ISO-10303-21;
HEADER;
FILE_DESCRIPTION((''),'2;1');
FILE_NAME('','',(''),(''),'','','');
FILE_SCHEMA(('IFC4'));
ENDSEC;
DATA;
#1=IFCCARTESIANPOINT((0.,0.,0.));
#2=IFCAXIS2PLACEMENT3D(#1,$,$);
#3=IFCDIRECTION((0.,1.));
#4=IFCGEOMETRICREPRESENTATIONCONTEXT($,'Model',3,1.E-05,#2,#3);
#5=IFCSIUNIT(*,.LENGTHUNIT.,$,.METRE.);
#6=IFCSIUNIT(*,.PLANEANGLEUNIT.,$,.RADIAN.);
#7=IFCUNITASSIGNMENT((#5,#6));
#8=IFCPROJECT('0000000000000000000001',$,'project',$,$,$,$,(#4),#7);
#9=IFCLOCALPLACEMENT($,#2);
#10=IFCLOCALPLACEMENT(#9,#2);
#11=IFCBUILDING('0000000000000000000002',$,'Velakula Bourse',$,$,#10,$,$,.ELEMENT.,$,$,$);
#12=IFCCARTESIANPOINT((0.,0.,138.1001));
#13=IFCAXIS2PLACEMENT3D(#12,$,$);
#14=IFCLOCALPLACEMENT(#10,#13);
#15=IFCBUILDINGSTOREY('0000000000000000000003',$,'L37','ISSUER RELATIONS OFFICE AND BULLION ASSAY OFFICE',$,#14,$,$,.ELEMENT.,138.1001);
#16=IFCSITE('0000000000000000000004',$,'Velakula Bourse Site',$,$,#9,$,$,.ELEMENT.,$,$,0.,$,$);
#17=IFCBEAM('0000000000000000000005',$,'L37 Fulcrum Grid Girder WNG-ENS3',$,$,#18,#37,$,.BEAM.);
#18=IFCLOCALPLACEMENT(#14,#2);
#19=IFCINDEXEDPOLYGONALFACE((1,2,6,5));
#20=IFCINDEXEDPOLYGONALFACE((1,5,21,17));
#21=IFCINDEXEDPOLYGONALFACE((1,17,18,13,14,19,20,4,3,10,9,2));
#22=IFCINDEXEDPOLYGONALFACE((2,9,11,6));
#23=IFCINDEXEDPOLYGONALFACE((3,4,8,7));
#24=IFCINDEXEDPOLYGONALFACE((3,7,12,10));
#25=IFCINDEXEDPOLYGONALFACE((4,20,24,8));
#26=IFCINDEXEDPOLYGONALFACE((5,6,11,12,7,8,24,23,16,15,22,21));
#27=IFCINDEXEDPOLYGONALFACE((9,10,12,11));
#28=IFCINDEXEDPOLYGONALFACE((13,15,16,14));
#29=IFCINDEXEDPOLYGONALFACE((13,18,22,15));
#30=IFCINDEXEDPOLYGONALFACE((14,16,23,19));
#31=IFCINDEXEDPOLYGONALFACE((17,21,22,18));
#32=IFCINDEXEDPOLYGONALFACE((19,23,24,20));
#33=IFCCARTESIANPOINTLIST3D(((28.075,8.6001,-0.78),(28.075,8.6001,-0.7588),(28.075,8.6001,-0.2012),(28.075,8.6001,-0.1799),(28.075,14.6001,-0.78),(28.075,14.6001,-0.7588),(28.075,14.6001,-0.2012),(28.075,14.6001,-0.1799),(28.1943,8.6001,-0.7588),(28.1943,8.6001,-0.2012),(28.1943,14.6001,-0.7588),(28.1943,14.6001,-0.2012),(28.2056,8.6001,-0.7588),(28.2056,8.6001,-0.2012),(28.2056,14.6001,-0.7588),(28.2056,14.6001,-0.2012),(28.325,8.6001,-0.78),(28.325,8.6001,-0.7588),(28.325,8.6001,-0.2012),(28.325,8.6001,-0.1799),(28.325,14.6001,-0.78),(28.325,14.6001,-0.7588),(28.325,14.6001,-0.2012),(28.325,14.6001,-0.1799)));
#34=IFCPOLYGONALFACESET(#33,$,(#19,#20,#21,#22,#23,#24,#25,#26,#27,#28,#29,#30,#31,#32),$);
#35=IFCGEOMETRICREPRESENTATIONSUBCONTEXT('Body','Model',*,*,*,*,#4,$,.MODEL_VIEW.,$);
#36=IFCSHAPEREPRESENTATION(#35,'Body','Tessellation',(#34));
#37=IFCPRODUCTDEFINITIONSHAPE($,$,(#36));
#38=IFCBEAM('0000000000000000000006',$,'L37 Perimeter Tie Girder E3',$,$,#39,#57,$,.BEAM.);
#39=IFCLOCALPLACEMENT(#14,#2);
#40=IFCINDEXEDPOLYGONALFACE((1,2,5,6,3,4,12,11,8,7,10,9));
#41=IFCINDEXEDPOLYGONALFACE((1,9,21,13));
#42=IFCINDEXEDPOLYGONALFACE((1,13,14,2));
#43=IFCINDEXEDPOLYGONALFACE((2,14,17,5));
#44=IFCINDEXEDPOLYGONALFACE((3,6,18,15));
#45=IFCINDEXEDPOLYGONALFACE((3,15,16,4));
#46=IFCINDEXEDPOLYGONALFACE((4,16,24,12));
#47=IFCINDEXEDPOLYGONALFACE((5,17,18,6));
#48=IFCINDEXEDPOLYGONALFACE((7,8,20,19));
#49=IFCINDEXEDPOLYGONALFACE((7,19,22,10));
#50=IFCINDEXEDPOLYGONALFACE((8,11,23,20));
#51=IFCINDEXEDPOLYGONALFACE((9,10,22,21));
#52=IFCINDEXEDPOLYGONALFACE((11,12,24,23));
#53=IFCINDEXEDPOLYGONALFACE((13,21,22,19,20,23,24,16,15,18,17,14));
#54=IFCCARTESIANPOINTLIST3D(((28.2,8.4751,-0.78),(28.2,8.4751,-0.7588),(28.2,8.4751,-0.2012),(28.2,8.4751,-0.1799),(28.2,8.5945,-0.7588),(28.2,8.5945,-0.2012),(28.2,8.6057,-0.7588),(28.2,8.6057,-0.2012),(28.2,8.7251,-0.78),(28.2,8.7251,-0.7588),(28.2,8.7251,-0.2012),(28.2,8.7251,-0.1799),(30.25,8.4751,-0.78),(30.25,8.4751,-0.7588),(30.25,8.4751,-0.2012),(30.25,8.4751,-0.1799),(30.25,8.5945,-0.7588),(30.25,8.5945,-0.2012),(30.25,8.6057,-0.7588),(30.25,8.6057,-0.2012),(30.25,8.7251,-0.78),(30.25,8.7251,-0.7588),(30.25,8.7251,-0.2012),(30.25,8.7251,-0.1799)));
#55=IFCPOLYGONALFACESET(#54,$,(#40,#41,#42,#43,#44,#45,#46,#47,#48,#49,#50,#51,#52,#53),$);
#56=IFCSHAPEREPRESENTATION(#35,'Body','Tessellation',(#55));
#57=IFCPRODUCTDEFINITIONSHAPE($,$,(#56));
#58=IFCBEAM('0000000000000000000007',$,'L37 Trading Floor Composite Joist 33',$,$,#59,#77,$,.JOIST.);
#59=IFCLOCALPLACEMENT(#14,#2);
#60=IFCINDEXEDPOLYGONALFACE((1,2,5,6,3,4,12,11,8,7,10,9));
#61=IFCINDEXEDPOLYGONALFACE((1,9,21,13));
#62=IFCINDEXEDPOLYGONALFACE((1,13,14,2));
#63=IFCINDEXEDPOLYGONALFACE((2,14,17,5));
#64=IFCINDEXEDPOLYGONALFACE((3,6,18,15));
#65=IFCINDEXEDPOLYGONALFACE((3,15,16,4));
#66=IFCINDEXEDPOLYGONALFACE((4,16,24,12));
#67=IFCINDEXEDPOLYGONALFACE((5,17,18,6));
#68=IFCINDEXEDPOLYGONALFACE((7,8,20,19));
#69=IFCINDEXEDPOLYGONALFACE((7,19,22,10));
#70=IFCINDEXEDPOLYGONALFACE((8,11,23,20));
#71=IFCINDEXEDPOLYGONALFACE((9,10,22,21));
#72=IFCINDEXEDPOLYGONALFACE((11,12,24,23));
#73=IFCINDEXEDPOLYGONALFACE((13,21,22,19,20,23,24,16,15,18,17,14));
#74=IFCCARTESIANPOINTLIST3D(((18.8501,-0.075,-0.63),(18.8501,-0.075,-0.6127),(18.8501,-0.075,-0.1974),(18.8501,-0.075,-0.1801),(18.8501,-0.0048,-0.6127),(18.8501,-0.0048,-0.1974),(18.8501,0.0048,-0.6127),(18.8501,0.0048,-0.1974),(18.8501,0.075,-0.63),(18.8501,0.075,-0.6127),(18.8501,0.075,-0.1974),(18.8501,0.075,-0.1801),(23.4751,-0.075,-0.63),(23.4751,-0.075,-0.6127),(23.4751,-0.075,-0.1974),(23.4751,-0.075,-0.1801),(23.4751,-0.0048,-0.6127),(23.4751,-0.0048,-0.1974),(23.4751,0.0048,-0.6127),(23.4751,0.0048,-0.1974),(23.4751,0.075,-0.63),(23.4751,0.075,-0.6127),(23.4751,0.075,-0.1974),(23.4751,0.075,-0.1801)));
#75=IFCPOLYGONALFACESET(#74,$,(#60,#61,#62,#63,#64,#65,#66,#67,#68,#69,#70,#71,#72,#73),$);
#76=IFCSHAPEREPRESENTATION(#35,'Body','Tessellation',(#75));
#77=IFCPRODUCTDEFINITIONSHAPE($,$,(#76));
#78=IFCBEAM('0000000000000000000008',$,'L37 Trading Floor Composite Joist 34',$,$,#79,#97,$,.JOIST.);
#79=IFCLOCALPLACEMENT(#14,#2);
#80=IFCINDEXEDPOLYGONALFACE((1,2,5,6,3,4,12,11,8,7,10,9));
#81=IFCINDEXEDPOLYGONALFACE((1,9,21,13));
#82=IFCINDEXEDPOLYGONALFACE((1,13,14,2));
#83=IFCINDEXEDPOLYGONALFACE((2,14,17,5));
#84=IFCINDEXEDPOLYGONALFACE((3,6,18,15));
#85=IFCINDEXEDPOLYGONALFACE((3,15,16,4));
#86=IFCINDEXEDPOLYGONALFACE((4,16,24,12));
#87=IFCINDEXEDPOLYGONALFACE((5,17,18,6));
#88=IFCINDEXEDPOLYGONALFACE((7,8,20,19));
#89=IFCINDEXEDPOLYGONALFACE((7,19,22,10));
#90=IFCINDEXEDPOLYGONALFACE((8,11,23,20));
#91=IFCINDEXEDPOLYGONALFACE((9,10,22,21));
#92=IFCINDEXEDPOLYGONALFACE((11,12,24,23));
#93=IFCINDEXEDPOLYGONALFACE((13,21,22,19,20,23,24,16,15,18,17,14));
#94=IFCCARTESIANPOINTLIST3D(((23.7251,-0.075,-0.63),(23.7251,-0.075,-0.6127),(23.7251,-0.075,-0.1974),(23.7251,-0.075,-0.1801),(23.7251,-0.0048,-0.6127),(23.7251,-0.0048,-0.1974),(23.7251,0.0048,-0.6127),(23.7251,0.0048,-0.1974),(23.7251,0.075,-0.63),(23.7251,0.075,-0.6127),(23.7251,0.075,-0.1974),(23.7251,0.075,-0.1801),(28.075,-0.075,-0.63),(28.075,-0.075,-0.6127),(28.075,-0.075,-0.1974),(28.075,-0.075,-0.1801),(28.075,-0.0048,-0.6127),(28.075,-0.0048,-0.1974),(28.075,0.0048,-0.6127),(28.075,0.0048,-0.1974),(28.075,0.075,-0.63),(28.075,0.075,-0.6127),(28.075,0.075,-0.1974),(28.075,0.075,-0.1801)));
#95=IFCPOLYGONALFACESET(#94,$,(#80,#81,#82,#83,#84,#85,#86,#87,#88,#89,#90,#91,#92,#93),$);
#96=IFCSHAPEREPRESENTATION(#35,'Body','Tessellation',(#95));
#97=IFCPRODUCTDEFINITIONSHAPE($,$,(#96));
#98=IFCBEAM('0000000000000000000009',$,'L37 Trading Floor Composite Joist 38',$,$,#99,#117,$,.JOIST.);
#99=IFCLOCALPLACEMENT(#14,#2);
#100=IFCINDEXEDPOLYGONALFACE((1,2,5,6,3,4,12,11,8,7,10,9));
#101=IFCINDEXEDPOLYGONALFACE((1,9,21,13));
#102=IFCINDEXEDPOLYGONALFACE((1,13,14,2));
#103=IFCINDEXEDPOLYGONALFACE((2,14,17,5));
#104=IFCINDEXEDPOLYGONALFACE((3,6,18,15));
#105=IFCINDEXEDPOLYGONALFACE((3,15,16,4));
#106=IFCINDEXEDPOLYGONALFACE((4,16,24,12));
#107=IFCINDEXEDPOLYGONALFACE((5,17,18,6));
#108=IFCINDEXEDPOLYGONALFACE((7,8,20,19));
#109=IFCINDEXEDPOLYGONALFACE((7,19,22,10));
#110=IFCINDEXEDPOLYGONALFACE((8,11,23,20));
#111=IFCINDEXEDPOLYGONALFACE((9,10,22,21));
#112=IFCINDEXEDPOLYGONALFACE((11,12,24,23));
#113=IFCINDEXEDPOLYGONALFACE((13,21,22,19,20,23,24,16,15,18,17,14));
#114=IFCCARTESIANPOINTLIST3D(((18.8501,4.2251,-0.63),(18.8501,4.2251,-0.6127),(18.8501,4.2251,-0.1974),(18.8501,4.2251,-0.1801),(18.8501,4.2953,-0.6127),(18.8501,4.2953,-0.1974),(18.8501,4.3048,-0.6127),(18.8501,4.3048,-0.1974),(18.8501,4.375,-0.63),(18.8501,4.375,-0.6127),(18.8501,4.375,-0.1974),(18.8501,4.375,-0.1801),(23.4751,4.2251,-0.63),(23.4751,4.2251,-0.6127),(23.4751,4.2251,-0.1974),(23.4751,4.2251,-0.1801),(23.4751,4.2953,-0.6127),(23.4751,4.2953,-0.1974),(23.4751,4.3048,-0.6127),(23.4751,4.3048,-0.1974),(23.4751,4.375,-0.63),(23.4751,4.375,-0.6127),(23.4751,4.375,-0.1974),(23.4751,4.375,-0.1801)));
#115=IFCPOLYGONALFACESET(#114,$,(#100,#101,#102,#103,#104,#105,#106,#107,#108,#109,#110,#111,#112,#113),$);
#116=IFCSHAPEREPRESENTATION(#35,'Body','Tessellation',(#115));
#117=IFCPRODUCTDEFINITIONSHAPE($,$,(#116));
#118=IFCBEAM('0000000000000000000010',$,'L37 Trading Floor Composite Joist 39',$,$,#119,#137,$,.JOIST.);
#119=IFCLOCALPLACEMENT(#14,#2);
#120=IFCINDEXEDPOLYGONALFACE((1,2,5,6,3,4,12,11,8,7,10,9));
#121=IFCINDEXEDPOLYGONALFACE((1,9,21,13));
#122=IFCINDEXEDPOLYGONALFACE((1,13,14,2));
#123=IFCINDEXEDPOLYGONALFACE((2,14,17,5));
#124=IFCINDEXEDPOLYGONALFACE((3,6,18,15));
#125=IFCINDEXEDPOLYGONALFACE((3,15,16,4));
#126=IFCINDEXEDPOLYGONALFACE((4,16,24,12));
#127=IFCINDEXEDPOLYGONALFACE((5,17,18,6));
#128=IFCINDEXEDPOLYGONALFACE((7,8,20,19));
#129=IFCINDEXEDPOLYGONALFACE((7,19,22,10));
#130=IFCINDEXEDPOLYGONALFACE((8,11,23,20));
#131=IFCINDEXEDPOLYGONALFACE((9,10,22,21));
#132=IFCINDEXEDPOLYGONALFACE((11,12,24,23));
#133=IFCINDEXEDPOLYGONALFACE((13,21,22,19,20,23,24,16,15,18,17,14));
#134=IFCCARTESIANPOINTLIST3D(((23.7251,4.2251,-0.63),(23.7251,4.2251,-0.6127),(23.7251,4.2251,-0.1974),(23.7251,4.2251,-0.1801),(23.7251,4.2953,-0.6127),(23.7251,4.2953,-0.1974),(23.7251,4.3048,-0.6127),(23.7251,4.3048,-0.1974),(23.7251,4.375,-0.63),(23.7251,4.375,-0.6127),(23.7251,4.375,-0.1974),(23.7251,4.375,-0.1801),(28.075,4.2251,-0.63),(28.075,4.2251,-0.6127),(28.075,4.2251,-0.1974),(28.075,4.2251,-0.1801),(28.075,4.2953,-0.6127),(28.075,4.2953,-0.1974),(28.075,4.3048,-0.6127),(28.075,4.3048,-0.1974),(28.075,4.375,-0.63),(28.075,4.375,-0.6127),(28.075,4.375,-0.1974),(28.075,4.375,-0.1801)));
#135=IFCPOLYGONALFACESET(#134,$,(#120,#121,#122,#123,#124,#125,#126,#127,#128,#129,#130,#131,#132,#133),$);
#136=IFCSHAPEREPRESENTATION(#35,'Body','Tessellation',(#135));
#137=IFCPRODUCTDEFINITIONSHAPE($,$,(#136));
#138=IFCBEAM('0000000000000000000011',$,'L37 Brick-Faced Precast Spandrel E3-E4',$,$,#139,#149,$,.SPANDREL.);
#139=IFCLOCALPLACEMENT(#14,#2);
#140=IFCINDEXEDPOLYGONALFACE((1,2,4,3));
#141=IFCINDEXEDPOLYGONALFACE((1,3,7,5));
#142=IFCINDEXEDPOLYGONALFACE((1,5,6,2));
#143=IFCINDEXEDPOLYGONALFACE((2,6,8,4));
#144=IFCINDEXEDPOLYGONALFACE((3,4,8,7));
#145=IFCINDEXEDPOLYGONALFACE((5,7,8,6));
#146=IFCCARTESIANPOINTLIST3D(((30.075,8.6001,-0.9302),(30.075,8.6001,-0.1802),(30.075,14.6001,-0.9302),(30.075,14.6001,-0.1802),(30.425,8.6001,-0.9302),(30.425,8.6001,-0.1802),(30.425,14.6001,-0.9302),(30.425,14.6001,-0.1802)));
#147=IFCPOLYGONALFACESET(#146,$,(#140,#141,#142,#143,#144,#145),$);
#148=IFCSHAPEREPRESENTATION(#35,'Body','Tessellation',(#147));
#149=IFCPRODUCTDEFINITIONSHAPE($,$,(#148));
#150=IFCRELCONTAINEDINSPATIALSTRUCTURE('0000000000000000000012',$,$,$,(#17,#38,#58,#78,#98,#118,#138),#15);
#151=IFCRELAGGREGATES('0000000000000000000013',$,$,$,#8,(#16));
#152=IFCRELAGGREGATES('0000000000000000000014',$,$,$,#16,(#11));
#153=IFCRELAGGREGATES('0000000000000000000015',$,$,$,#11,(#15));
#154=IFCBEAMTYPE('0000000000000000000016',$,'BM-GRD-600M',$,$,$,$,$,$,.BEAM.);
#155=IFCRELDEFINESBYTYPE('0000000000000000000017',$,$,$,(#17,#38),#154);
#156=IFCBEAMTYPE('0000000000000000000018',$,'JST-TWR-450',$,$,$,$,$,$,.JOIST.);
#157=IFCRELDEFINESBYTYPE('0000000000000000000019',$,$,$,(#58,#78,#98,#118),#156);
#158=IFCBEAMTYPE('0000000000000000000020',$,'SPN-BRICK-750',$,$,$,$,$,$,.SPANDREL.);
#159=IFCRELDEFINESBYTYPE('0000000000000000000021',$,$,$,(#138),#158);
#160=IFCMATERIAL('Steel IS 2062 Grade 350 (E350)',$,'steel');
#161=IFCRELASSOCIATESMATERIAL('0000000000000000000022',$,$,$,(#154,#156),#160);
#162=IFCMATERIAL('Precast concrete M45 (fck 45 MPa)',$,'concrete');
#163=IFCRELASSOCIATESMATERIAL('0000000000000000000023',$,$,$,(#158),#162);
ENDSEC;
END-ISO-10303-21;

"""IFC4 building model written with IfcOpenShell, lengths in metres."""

from ifc_helpers import new_model, si_unit, direction, frame, origin, origin_2d, place, context, subcontext, project, spatial, rectangle, i_section, extrude, material, material_profile, profile_set, type_object, element, save


model = new_model("IFC4")

# Units and contexts
model_context = context("Model", 3, precision=1e-05, world=origin(), true_north=direction((0.0, 1.0)))
body_context = subcontext(model_context, "Body", "Model", "MODEL_VIEW")
ifc_project = project(units=[si_unit("LENGTHUNIT", "METRE"), si_unit("PLANEANGLEUNIT", "RADIAN")], contexts=[model_context])

# Site, building, storey
site_placement = place(None, origin())
site = spatial("IfcSite", under=ifc_project, at=site_placement, Name="Velakula Bourse Site", CompositionType="ELEMENT", RefElevation=0.0)
building_placement = place(site_placement, origin())
building = spatial("IfcBuilding", under=site, at=building_placement, Name="Velakula Bourse", CompositionType="ELEMENT")
storey_placement = place(building_placement, frame((0.0, 0.0, 138.1001)))
storey = spatial("IfcBuildingStorey", under=building, at=storey_placement, Name="L37", Description="ISSUER RELATIONS OFFICE AND BULLION ASSAY OFFICE", CompositionType="ELEMENT", Elevation=138.1001)

# Shared definitions
ifc_material_1 = material(Name="Steel IS 2062 Grade 350 (E350)", Category="steel")

# Beams
ifc_material_profile_1 = material_profile(ifc_material_1, i_section(OverallWidth=0.25, OverallDepth=0.6001, WebThickness=0.0112, FlangeThickness=0.0212, at=origin_2d()), Name="Steel IS 2062 Grade 350 (E350)")
ifc_profile_set_1 = profile_set([ifc_material_profile_1], Name="Steel IS 2062 Grade 350 (E350)")
beam_type_1 = type_object("IfcBeamType", Name="BM-GRD-600M", PredefinedType="BEAM", material=ifc_profile_set_1)
beam_1_placement = place(storey_placement, frame((28.2, 8.6001, -0.48), z_axis=(0.0, 1.0, 0.0), x_axis=(-1.0, 0.0, 0.0)))
element("IfcBeam", 1, at=beam_1_placement, inside=storey, type_object=beam_type_1, Name="L37 Fulcrum Grid Girder WNG-ENS3", PredefinedType="BEAM", context=body_context, shape_type="SweptSolid", body=[
    extrude(i_section(OverallWidth=0.25, OverallDepth=0.6001, WebThickness=0.0112, FlangeThickness=0.0212, at=origin_2d()), origin(), (0.0, 0.0, 1.0), 6.0),
])
beam_2_placement = place(storey_placement, frame((28.2, 8.6001, -0.48), z_axis=(1.0, 0.0, 0.0), x_axis=(0.0, 1.0, 0.0)))
element("IfcBeam", 2, at=beam_2_placement, inside=storey, type_object=beam_type_1, Name="L37 Perimeter Tie Girder E3", PredefinedType="BEAM", context=body_context, shape_type="SweptSolid", body=[
    extrude(i_section(OverallWidth=0.25, OverallDepth=0.6001, WebThickness=0.0112, FlangeThickness=0.0212, at=origin_2d()), origin(), (0.0, 0.0, 1.0), 2.05),
])
ifc_material_profile_2 = material_profile(ifc_material_1, i_section(OverallWidth=0.1499, OverallDepth=0.45, WebThickness=0.0095, FlangeThickness=0.0173, at=origin_2d()), Name="Steel IS 2062 Grade 350 (E350)")
ifc_profile_set_2 = profile_set([ifc_material_profile_2], Name="Steel IS 2062 Grade 350 (E350)")
beam_type_2 = type_object("IfcBeamType", Name="JST-TWR-450", PredefinedType="JOIST", material=ifc_profile_set_2)
beam_3_placement = place(storey_placement, frame((18.8501, 0.0, -0.405), z_axis=(1.0, 0.0, 0.0), x_axis=(0.0, 1.0, 0.0)))
element("IfcBeam", 3, at=beam_3_placement, inside=storey, type_object=beam_type_2, Name="L37 Trading Floor Composite Joist 33", PredefinedType="JOIST", context=body_context, shape_type="SweptSolid", body=[
    extrude(i_section(OverallWidth=0.1499, OverallDepth=0.45, WebThickness=0.0095, FlangeThickness=0.0173, at=origin_2d()), origin(), (0.0, 0.0, 1.0), 4.625),
])
beam_4_placement = place(storey_placement, frame((23.7251, 0.0, -0.405), z_axis=(1.0, 0.0, 0.0), x_axis=(0.0, 1.0, 0.0)))
element("IfcBeam", 4, at=beam_4_placement, inside=storey, type_object=beam_type_2, Name="L37 Trading Floor Composite Joist 34", PredefinedType="JOIST", context=body_context, shape_type="SweptSolid", body=[
    extrude(i_section(OverallWidth=0.1499, OverallDepth=0.45, WebThickness=0.0095, FlangeThickness=0.0173, at=origin_2d()), origin(), (0.0, 0.0, 1.0), 4.3499),
])
beam_5_placement = place(storey_placement, frame((18.8501, 4.3, -0.405), z_axis=(1.0, 0.0, 0.0), x_axis=(0.0, 1.0, 0.0)))
element("IfcBeam", 5, at=beam_5_placement, inside=storey, type_object=beam_type_2, Name="L37 Trading Floor Composite Joist 38", PredefinedType="JOIST", context=body_context, shape_type="SweptSolid", body=[
    extrude(i_section(OverallWidth=0.1499, OverallDepth=0.45, WebThickness=0.0095, FlangeThickness=0.0173, at=origin_2d()), origin(), (0.0, 0.0, 1.0), 4.625),
])
beam_6_placement = place(storey_placement, frame((23.7251, 4.3, -0.405), z_axis=(1.0, 0.0, 0.0), x_axis=(0.0, 1.0, 0.0)))
element("IfcBeam", 6, at=beam_6_placement, inside=storey, type_object=beam_type_2, Name="L37 Trading Floor Composite Joist 39", PredefinedType="JOIST", context=body_context, shape_type="SweptSolid", body=[
    extrude(i_section(OverallWidth=0.1499, OverallDepth=0.45, WebThickness=0.0095, FlangeThickness=0.0173, at=origin_2d()), origin(), (0.0, 0.0, 1.0), 4.3499),
])
ifc_material_2 = material(Name="Precast concrete M45 (fck 45 MPa)", Category="concrete")
ifc_material_profile_3 = material_profile(ifc_material_2, rectangle(XDim=0.3501, YDim=0.75, at=origin_2d()), Name="Precast concrete M45 (fck 45 MPa)")
ifc_profile_set_3 = profile_set([ifc_material_profile_3], Name="Precast concrete M45 (fck 45 MPa)")
beam_type_3 = type_object("IfcBeamType", Name="SPN-BRICK-750", PredefinedType="SPANDREL", material=ifc_profile_set_3)
beam_7_placement = place(storey_placement, frame((30.25, 8.6001, -0.5552), z_axis=(0.0, 1.0, 0.0), x_axis=(-1.0, 0.0, 0.0)))
element("IfcBeam", 7, at=beam_7_placement, inside=storey, type_object=beam_type_3, Name="L37 Brick-Faced Precast Spandrel E3-E4", PredefinedType="SPANDREL", context=body_context, shape_type="SweptSolid", body=[
    extrude(rectangle(XDim=0.3501, YDim=0.75, at=origin_2d()), origin(), (0.0, 0.0, 1.0), 6.0),
])

save(model, "model.ifc")
